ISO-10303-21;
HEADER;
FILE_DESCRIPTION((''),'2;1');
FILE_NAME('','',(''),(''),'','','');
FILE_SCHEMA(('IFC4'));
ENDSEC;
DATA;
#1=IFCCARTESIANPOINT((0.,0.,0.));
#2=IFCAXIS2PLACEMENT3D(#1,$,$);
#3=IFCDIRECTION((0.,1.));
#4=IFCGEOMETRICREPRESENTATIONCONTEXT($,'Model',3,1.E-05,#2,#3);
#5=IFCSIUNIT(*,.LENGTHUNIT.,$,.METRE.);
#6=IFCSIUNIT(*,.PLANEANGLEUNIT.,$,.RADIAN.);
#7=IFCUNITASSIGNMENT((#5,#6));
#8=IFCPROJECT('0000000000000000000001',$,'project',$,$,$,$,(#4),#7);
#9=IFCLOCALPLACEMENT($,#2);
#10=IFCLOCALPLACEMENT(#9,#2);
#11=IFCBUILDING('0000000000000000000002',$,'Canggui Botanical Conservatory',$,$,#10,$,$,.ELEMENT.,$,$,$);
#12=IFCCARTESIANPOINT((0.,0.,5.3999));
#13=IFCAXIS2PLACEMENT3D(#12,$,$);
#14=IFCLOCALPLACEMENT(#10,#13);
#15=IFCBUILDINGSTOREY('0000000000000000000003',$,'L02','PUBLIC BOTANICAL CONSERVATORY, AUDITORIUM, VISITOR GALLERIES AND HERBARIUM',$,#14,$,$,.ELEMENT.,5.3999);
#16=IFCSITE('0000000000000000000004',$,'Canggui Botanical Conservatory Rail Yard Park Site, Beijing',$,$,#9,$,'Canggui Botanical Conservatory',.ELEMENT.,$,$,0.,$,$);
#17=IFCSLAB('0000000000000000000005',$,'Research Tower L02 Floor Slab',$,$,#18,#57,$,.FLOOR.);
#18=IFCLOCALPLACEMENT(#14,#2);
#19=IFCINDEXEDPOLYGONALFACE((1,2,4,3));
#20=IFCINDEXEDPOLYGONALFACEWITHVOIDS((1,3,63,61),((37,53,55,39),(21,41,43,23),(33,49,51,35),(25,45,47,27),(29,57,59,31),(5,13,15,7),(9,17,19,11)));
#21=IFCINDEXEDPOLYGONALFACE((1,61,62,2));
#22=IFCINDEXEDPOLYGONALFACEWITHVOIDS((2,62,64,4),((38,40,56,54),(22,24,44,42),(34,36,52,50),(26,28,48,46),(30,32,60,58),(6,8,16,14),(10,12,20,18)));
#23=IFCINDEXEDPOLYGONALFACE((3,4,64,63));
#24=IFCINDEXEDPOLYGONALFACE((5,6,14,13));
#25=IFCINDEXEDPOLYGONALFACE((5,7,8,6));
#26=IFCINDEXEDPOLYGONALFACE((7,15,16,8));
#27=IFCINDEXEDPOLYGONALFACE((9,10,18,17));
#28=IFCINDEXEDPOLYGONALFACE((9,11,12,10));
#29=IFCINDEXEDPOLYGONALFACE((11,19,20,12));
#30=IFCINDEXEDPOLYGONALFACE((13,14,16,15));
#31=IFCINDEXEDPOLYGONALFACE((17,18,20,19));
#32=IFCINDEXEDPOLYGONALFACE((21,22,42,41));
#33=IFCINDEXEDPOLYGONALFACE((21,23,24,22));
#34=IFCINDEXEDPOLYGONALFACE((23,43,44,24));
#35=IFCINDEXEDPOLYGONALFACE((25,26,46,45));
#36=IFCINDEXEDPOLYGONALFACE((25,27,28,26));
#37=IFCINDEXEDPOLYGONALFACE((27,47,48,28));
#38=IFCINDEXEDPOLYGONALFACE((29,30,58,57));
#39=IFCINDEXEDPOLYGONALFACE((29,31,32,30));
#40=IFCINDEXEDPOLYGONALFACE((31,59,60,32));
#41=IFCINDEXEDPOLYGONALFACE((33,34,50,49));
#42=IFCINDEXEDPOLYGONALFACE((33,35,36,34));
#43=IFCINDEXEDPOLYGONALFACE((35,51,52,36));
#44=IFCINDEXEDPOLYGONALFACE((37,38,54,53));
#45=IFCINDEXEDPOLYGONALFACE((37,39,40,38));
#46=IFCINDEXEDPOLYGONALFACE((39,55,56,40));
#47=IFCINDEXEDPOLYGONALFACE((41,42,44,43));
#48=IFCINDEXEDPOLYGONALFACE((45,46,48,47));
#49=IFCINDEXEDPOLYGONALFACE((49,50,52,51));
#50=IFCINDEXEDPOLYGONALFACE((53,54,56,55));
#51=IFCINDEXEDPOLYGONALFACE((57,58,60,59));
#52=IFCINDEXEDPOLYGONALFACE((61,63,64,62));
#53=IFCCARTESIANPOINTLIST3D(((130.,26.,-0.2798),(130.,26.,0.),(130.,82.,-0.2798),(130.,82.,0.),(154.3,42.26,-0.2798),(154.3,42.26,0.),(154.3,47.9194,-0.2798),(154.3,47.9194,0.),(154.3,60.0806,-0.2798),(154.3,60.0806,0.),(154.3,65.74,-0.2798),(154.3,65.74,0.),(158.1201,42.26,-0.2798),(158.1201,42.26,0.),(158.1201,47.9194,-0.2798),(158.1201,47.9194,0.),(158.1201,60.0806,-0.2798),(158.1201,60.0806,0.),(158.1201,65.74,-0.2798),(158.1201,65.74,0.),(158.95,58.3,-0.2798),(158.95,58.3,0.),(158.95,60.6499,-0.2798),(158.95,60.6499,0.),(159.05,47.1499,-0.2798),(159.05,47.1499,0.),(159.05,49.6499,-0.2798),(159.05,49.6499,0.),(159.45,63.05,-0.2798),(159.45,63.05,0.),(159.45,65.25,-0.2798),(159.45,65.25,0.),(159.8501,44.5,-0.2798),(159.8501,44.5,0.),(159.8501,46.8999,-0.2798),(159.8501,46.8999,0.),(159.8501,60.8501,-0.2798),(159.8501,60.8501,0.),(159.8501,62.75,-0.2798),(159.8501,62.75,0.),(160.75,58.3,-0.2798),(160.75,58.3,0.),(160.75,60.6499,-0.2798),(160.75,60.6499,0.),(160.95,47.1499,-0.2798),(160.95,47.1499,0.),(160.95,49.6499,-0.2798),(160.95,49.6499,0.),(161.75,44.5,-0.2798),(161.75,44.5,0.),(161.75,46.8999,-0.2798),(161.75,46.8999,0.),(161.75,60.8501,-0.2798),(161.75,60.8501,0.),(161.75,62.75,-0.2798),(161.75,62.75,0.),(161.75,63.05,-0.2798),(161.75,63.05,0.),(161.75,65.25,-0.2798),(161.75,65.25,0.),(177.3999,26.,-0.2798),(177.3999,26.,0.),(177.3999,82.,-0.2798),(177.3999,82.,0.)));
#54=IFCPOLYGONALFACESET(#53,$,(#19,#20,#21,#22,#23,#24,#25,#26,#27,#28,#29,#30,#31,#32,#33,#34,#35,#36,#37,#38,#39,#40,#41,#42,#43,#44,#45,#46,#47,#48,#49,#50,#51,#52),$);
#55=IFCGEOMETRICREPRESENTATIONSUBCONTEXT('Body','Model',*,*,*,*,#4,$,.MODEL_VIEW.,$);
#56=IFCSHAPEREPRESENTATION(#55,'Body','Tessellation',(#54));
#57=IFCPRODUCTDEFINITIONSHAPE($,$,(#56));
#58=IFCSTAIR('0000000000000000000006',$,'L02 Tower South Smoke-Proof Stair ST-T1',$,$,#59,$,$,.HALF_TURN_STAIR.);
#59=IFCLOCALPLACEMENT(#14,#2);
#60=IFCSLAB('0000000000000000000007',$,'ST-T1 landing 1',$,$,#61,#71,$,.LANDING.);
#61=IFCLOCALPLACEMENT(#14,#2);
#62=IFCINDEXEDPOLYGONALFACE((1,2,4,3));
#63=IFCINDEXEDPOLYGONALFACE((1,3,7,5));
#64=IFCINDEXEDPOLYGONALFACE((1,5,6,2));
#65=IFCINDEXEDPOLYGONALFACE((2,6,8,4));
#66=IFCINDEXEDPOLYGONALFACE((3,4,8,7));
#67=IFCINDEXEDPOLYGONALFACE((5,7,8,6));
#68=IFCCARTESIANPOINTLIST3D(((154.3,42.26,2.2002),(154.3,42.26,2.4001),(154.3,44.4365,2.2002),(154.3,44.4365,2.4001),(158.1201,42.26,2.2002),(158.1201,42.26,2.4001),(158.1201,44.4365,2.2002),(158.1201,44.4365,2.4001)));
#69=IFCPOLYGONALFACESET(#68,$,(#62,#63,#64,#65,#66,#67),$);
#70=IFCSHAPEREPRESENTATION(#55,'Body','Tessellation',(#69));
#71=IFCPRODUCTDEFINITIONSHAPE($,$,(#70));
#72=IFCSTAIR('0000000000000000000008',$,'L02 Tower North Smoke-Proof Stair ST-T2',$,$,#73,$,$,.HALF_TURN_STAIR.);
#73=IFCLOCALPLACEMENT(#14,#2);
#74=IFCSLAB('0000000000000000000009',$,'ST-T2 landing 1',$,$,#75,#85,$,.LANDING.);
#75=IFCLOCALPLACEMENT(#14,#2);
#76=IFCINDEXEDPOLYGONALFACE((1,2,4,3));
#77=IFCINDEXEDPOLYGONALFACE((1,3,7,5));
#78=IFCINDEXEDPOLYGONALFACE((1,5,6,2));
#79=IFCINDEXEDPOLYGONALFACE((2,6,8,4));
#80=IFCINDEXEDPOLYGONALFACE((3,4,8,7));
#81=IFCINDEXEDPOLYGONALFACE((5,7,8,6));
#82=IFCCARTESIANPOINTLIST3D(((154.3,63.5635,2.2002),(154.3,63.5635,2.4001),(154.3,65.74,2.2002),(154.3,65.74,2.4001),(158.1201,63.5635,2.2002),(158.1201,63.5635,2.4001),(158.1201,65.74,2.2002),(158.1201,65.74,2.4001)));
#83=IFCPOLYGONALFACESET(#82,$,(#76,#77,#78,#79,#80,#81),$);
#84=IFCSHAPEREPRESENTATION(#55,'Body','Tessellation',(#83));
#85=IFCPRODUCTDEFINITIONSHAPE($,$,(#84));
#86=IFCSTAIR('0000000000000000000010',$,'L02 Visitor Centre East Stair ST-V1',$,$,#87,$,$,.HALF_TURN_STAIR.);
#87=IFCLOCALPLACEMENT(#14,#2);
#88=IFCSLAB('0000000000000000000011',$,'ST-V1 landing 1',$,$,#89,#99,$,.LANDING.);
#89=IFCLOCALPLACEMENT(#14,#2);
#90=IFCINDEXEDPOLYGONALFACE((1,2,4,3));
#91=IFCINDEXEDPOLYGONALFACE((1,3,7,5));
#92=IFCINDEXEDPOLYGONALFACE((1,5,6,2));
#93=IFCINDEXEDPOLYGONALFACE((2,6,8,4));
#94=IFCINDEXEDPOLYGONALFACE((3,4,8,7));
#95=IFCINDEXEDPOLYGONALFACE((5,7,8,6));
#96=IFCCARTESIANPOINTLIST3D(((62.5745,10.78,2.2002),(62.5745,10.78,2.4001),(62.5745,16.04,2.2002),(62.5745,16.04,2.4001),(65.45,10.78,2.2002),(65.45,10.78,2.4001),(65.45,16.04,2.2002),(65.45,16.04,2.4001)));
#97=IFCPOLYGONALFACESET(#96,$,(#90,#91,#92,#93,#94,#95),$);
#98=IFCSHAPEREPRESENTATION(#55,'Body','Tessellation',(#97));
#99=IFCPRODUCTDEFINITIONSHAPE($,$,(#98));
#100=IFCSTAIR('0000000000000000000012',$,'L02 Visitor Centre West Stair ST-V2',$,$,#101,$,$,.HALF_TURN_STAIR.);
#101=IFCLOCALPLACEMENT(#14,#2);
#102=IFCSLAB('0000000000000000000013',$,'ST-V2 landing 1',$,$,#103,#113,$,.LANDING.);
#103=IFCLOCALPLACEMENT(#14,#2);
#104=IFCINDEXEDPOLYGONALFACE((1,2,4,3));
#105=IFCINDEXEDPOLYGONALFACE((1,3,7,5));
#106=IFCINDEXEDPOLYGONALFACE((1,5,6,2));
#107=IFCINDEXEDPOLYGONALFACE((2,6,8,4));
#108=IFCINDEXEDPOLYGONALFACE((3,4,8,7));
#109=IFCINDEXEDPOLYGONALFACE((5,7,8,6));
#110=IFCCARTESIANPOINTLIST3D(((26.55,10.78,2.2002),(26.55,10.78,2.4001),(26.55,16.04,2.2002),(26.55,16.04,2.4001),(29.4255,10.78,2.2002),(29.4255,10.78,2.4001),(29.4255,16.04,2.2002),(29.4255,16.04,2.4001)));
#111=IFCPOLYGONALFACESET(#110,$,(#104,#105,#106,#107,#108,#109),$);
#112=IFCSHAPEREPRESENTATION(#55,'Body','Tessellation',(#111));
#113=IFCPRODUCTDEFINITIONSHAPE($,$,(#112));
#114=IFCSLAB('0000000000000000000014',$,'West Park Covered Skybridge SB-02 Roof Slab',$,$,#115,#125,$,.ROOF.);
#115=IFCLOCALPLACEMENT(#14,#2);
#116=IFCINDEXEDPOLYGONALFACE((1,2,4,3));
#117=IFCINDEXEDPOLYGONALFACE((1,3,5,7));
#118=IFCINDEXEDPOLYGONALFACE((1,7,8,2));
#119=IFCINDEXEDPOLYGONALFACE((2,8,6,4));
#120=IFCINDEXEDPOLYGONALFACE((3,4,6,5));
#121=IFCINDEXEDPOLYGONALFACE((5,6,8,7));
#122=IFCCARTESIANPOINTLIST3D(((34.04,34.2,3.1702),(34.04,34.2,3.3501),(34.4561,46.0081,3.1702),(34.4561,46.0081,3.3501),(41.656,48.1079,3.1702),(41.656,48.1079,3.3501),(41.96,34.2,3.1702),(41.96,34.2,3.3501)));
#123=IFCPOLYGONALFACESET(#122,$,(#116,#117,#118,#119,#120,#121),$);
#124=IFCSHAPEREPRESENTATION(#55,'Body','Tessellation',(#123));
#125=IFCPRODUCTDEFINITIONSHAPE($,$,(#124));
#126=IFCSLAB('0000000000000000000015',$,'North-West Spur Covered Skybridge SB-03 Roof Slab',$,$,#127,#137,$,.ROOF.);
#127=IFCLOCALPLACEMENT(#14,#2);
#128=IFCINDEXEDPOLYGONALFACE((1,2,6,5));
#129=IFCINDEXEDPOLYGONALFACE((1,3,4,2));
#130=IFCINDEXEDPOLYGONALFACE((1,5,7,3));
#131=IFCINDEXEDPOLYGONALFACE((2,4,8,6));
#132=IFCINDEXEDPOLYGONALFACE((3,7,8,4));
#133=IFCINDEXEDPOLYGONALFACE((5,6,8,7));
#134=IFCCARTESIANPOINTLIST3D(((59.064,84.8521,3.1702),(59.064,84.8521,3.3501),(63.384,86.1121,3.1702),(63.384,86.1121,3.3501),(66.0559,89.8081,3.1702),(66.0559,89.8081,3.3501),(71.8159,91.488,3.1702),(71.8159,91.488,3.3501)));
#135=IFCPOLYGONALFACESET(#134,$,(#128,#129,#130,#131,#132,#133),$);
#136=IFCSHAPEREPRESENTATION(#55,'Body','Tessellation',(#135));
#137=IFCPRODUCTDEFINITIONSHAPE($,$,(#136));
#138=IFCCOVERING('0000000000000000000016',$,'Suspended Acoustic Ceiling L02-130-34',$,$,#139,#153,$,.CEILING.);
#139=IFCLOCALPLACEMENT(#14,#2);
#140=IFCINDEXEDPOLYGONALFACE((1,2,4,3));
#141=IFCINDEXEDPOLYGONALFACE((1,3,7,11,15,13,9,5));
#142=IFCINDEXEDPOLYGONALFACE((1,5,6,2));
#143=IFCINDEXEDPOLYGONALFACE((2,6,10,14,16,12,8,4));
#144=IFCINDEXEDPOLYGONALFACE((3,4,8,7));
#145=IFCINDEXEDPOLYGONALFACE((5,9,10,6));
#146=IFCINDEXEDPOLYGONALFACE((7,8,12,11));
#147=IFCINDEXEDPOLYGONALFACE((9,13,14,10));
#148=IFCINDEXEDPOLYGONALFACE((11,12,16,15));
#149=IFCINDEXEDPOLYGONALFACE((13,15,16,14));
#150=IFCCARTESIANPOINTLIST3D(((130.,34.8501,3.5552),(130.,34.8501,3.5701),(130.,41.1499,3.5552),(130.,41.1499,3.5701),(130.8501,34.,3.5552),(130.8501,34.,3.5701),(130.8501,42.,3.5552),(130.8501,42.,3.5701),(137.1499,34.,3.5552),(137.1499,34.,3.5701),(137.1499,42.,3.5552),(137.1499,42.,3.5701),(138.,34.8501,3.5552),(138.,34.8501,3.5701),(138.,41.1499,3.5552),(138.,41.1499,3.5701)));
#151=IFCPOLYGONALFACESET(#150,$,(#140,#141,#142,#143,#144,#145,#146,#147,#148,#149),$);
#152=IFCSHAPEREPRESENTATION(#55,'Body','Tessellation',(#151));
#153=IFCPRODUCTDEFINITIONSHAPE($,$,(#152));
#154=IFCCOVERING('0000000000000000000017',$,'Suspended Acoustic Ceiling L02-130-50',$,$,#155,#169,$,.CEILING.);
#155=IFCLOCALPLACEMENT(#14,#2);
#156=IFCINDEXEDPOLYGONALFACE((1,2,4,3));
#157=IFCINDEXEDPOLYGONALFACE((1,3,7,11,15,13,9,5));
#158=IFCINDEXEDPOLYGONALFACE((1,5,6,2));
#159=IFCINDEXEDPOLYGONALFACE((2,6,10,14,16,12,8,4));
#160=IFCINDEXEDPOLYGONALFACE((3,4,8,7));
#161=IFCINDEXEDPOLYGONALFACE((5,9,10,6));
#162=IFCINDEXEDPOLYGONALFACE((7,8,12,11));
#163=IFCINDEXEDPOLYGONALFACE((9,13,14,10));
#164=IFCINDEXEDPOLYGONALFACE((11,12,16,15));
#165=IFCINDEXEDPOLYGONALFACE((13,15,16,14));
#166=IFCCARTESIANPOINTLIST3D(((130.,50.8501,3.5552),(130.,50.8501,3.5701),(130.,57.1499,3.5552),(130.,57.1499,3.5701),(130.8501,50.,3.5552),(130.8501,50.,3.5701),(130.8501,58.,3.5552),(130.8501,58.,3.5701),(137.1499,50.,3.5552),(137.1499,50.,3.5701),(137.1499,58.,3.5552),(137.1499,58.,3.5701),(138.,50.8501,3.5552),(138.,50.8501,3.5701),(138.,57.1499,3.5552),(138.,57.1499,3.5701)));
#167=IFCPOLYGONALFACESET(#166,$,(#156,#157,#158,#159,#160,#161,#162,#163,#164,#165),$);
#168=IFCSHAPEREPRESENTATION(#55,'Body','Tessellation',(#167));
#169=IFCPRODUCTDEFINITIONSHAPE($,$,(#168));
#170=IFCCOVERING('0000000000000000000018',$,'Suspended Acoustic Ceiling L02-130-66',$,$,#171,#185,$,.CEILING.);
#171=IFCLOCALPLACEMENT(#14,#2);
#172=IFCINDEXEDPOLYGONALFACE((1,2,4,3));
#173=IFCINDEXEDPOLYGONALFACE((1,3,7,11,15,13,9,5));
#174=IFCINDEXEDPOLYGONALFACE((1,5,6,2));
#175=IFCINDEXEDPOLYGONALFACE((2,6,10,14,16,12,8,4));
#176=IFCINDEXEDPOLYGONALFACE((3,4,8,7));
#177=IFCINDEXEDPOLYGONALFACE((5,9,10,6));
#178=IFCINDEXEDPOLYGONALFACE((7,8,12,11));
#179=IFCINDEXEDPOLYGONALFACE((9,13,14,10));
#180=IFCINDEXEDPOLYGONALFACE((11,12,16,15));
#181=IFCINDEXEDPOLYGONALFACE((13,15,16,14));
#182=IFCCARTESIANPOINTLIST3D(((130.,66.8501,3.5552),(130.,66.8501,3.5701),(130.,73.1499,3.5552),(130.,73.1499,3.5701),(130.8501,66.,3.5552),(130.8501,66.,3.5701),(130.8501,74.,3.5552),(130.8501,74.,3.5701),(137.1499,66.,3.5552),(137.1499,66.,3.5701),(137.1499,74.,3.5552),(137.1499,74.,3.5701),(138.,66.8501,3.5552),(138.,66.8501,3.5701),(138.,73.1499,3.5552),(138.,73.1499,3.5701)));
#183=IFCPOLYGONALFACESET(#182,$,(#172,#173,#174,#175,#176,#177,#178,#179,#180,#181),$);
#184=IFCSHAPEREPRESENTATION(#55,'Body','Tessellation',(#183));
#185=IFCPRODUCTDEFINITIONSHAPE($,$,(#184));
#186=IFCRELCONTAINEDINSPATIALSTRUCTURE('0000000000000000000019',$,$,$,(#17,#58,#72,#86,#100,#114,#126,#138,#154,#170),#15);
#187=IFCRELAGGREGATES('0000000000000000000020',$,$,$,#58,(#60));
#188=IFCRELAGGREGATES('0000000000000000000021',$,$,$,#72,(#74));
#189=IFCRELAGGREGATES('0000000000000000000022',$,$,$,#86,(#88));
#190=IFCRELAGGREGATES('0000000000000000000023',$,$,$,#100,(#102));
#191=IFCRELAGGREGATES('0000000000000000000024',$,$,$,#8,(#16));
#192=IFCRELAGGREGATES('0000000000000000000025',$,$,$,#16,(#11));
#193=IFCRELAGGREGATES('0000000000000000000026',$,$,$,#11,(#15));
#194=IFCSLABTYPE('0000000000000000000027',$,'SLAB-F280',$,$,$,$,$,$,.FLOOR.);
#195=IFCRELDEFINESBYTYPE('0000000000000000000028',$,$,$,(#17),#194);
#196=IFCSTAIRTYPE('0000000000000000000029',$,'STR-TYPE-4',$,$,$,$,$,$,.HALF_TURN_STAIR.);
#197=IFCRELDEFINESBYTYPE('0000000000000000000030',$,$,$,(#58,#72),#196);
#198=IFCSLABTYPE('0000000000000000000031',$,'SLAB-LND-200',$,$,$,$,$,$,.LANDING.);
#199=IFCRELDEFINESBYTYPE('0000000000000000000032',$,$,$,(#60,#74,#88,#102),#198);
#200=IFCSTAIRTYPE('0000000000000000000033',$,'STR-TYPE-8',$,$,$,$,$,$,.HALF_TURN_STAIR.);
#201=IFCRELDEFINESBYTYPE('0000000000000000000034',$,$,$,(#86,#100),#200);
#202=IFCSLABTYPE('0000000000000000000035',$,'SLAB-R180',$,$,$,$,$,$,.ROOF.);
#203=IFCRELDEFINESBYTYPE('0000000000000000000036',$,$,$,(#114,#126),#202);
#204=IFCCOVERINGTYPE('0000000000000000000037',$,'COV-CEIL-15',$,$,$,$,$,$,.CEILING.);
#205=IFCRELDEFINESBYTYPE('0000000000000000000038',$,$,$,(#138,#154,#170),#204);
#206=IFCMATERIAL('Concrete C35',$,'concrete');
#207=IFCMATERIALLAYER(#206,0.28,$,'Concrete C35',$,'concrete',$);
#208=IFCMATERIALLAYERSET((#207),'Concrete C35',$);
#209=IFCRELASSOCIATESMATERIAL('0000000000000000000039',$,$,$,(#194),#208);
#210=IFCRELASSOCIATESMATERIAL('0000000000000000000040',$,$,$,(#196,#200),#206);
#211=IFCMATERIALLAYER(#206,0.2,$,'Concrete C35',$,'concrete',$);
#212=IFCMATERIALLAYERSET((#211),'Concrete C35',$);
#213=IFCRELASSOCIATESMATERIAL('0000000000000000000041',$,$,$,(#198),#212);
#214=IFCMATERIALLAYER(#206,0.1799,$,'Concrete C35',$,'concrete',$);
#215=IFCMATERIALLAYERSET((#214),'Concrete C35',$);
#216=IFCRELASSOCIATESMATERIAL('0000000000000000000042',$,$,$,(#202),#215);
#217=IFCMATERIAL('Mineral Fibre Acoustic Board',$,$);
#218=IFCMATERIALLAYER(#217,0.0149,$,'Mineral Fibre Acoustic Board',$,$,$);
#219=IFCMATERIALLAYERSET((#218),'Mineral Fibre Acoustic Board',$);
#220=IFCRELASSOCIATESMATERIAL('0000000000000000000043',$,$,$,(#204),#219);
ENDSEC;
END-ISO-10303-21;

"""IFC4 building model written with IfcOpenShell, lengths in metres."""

from ifc_helpers import new_model, si_unit, direction, frame, origin, place, context, subcontext, project, spatial, polyline, outline, extrude, material, layer, layer_set, type_object, element, aggregate, save


model = new_model("IFC4")

# Units and contexts
model_context = context("Model", 3, precision=1e-05, world=origin(), true_north=direction((0.0, 1.0)))
body_context = subcontext(model_context, "Body", "Model", "MODEL_VIEW")
ifc_project = project(units=[si_unit("LENGTHUNIT", "METRE"), si_unit("PLANEANGLEUNIT", "RADIAN")], contexts=[model_context])

# Site, building, storey
site_placement = place(None, origin())
site = spatial("IfcSite", under=ifc_project, at=site_placement, Name="Canggui Botanical Conservatory Rail Yard Park Site, Beijing", LongName="Canggui Botanical Conservatory", CompositionType="ELEMENT", RefElevation=0.0)
building_placement = place(site_placement, origin())
building = spatial("IfcBuilding", under=site, at=building_placement, Name="Canggui Botanical Conservatory", CompositionType="ELEMENT")
storey_placement = place(building_placement, frame((0.0, 0.0, 5.3999)))
storey = spatial("IfcBuildingStorey", under=building, at=storey_placement, Name="L02", Description="PUBLIC BOTANICAL CONSERVATORY, AUDITORIUM, VISITOR GALLERIES AND HERBARIUM", CompositionType="ELEMENT", Elevation=5.3999)

# Slab
ifc_material_1 = material(Name="Concrete C35", Category="concrete")
ifc_layer_1 = layer(ifc_material_1, 0.28, Name="Concrete C35", Category="concrete")
ifc_layer_set_1 = layer_set([ifc_layer_1], Name="Concrete C35")
slab_type_1 = type_object("IfcSlabType", Name="SLAB-F280", PredefinedType="FLOOR", material=ifc_layer_set_1)
slab_1_placement = place(storey_placement, frame((0.0, 0.0, -0.2798)))
element("IfcSlab", 1, at=slab_1_placement, inside=storey, type_object=slab_type_1, Name="Research Tower L02 Floor Slab", PredefinedType="FLOOR", context=body_context, shape_type="SweptSolid", body=[
    extrude(outline(polyline([(130.0, 26.0), (177.3999, 26.0), (177.3999, 82.0), (130.0, 82.0), (130.0, 26.0)]), holes=[polyline([(154.3, 47.9194), (154.3, 42.26), (158.1201, 42.26), (158.1201, 47.9194), (154.3, 47.9194)]), polyline([(158.1201, 60.0806), (158.1201, 65.74), (154.3, 65.74), (154.3, 60.0806), (158.1201, 60.0806)]), polyline([(159.05, 47.1499), (160.95, 47.1499), (160.95, 49.6499), (159.05, 49.6499), (159.05, 47.1499)]), polyline([(159.8501, 44.5), (161.75, 44.5), (161.75, 46.8999), (159.8501, 46.8999), (159.8501, 44.5)]), polyline([(158.95, 58.3), (160.75, 58.3), (160.75, 60.6499), (158.95, 60.6499), (158.95, 58.3)]), polyline([(159.8501, 60.8501), (161.75, 60.8501), (161.75, 62.75), (159.8501, 62.75), (159.8501, 60.8501)]), polyline([(159.45, 63.05), (161.75, 63.05), (161.75, 65.25), (159.45, 65.25), (159.45, 63.05)])]), origin(), (0.0, 0.0, 1.0), 0.2798),
])

# Stairs, slabs
stair_type_1 = type_object("IfcStairType", Name="STR-TYPE-4", PredefinedType="HALF_TURN_STAIR", material=ifc_material_1)
stair_1_placement = place(storey_placement, origin())
stair_1 = element("IfcStair", 2, at=stair_1_placement, inside=storey, type_object=stair_type_1, Name="L02 Tower South Smoke-Proof Stair ST-T1", PredefinedType="HALF_TURN_STAIR")
ifc_layer_2 = layer(ifc_material_1, 0.2, Name="Concrete C35", Category="concrete")
ifc_layer_set_2 = layer_set([ifc_layer_2], Name="Concrete C35")
slab_type_2 = type_object("IfcSlabType", Name="SLAB-LND-200", PredefinedType="LANDING", material=ifc_layer_set_2)
slab_2_placement = place(storey_placement, frame((0.0, 0.0, 2.2002)))
slab_2 = element("IfcSlab", 3, at=slab_2_placement, type_object=slab_type_2, Name="ST-T1 landing 1", PredefinedType="LANDING", context=body_context, shape_type="SweptSolid", body=[
    extrude(outline(polyline([(154.3, 44.4365), (154.3, 42.26), (158.1201, 42.26), (158.1201, 44.4365), (154.3, 44.4365)])), origin(), (0.0, 0.0, 1.0), 0.2),
])
aggregate(stair_1, [slab_2])
stair_2_placement = place(storey_placement, origin())
stair_2 = element("IfcStair", 4, at=stair_2_placement, inside=storey, type_object=stair_type_1, Name="L02 Tower North Smoke-Proof Stair ST-T2", PredefinedType="HALF_TURN_STAIR")
slab_3_placement = place(storey_placement, frame((0.0, 0.0, 2.2002)))
slab_3 = element("IfcSlab", 5, at=slab_3_placement, type_object=slab_type_2, Name="ST-T2 landing 1", PredefinedType="LANDING", context=body_context, shape_type="SweptSolid", body=[
    extrude(outline(polyline([(158.1201, 63.5635), (158.1201, 65.74), (154.3, 65.74), (154.3, 63.5635), (158.1201, 63.5635)])), origin(), (0.0, 0.0, 1.0), 0.2),
])
aggregate(stair_2, [slab_3])
stair_type_2 = type_object("IfcStairType", Name="STR-TYPE-8", PredefinedType="HALF_TURN_STAIR", material=ifc_material_1)
stair_3_placement = place(storey_placement, origin())
stair_3 = element("IfcStair", 6, at=stair_3_placement, inside=storey, type_object=stair_type_2, Name="L02 Visitor Centre East Stair ST-V1", PredefinedType="HALF_TURN_STAIR")
slab_4_placement = place(storey_placement, frame((0.0, 0.0, 2.2002)))
slab_4 = element("IfcSlab", 7, at=slab_4_placement, type_object=slab_type_2, Name="ST-V1 landing 1", PredefinedType="LANDING", context=body_context, shape_type="SweptSolid", body=[
    extrude(outline(polyline([(62.5745, 10.78), (65.45, 10.78), (65.45, 16.04), (62.5745, 16.04), (62.5745, 10.78)])), origin(), (0.0, 0.0, 1.0), 0.2),
])
aggregate(stair_3, [slab_4])
stair_4_placement = place(storey_placement, origin())
stair_4 = element("IfcStair", 8, at=stair_4_placement, inside=storey, type_object=stair_type_2, Name="L02 Visitor Centre West Stair ST-V2", PredefinedType="HALF_TURN_STAIR")
slab_5_placement = place(storey_placement, frame((0.0, 0.0, 2.2002)))
slab_5 = element("IfcSlab", 9, at=slab_5_placement, type_object=slab_type_2, Name="ST-V2 landing 1", PredefinedType="LANDING", context=body_context, shape_type="SweptSolid", body=[
    extrude(outline(polyline([(29.4255, 16.04), (26.55, 16.04), (26.55, 10.78), (29.4255, 10.78), (29.4255, 16.04)])), origin(), (0.0, 0.0, 1.0), 0.2),
])
aggregate(stair_4, [slab_5])

# Slabs
ifc_layer_3 = layer(ifc_material_1, 0.1799, Name="Concrete C35", Category="concrete")
ifc_layer_set_3 = layer_set([ifc_layer_3], Name="Concrete C35")
slab_type_3 = type_object("IfcSlabType", Name="SLAB-R180", PredefinedType="ROOF", material=ifc_layer_set_3)
slab_6_placement = place(storey_placement, frame((0.0, 0.0, 3.1702)))
element("IfcSlab", 10, at=slab_6_placement, inside=storey, type_object=slab_type_3, Name="West Park Covered Skybridge SB-02 Roof Slab", PredefinedType="ROOF", context=body_context, shape_type="SweptSolid", body=[
    extrude(outline(polyline([(34.04, 34.2), (41.96, 34.2), (41.656, 48.1079), (34.4561, 46.0081), (34.04, 34.2)])), origin(), (0.0, 0.0, 1.0), 0.1799),
])
slab_7_placement = place(storey_placement, frame((0.0, 0.0, 3.1702)))
element("IfcSlab", 11, at=slab_7_placement, inside=storey, type_object=slab_type_3, Name="North-West Spur Covered Skybridge SB-03 Roof Slab", PredefinedType="ROOF", context=body_context, shape_type="SweptSolid", body=[
    extrude(outline(polyline([(59.064, 84.8521), (63.384, 86.1121), (71.8159, 91.488), (66.0559, 89.8081), (59.064, 84.8521)])), origin(), (0.0, 0.0, 1.0), 0.1799),
])

# Coverings
ifc_material_2 = material(Name="Mineral Fibre Acoustic Board")
ifc_layer_4 = layer(ifc_material_2, 0.0149, Name="Mineral Fibre Acoustic Board")
ifc_layer_set_4 = layer_set([ifc_layer_4], Name="Mineral Fibre Acoustic Board")
covering_type_1 = type_object("IfcCoveringType", Name="COV-CEIL-15", PredefinedType="CEILING", material=ifc_layer_set_4)
covering_1_placement = place(storey_placement, frame((0.0, 0.0, 3.5552)))
element("IfcCovering", 12, at=covering_1_placement, inside=storey, type_object=covering_type_1, Name="Suspended Acoustic Ceiling L02-130-34", PredefinedType="CEILING", context=body_context, shape_type="SweptSolid", body=[
    extrude(outline(polyline([(130.8501, 34.0), (137.1499, 34.0), (138.0, 34.8501), (138.0, 41.1499), (137.1499, 42.0), (130.8501, 42.0), (130.0, 41.1499), (130.0, 34.8501), (130.8501, 34.0)])), origin(), (0.0, 0.0, 1.0), 0.0149),
])
covering_2_placement = place(storey_placement, frame((0.0, 0.0, 3.5552)))
element("IfcCovering", 13, at=covering_2_placement, inside=storey, type_object=covering_type_1, Name="Suspended Acoustic Ceiling L02-130-50", PredefinedType="CEILING", context=body_context, shape_type="SweptSolid", body=[
    extrude(outline(polyline([(130.8501, 50.0), (137.1499, 50.0), (138.0, 50.8501), (138.0, 57.1499), (137.1499, 58.0), (130.8501, 58.0), (130.0, 57.1499), (130.0, 50.8501), (130.8501, 50.0)])), origin(), (0.0, 0.0, 1.0), 0.0149),
])
covering_3_placement = place(storey_placement, frame((0.0, 0.0, 3.5552)))
element("IfcCovering", 14, at=covering_3_placement, inside=storey, type_object=covering_type_1, Name="Suspended Acoustic Ceiling L02-130-66", PredefinedType="CEILING", context=body_context, shape_type="SweptSolid", body=[
    extrude(outline(polyline([(130.8501, 66.0), (137.1499, 66.0), (138.0, 66.8501), (138.0, 73.1499), (137.1499, 74.0), (130.8501, 74.0), (130.0, 73.1499), (130.0, 66.8501), (130.8501, 66.0)])), origin(), (0.0, 0.0, 1.0), 0.0149),
])

save(model, "model.ifc")
